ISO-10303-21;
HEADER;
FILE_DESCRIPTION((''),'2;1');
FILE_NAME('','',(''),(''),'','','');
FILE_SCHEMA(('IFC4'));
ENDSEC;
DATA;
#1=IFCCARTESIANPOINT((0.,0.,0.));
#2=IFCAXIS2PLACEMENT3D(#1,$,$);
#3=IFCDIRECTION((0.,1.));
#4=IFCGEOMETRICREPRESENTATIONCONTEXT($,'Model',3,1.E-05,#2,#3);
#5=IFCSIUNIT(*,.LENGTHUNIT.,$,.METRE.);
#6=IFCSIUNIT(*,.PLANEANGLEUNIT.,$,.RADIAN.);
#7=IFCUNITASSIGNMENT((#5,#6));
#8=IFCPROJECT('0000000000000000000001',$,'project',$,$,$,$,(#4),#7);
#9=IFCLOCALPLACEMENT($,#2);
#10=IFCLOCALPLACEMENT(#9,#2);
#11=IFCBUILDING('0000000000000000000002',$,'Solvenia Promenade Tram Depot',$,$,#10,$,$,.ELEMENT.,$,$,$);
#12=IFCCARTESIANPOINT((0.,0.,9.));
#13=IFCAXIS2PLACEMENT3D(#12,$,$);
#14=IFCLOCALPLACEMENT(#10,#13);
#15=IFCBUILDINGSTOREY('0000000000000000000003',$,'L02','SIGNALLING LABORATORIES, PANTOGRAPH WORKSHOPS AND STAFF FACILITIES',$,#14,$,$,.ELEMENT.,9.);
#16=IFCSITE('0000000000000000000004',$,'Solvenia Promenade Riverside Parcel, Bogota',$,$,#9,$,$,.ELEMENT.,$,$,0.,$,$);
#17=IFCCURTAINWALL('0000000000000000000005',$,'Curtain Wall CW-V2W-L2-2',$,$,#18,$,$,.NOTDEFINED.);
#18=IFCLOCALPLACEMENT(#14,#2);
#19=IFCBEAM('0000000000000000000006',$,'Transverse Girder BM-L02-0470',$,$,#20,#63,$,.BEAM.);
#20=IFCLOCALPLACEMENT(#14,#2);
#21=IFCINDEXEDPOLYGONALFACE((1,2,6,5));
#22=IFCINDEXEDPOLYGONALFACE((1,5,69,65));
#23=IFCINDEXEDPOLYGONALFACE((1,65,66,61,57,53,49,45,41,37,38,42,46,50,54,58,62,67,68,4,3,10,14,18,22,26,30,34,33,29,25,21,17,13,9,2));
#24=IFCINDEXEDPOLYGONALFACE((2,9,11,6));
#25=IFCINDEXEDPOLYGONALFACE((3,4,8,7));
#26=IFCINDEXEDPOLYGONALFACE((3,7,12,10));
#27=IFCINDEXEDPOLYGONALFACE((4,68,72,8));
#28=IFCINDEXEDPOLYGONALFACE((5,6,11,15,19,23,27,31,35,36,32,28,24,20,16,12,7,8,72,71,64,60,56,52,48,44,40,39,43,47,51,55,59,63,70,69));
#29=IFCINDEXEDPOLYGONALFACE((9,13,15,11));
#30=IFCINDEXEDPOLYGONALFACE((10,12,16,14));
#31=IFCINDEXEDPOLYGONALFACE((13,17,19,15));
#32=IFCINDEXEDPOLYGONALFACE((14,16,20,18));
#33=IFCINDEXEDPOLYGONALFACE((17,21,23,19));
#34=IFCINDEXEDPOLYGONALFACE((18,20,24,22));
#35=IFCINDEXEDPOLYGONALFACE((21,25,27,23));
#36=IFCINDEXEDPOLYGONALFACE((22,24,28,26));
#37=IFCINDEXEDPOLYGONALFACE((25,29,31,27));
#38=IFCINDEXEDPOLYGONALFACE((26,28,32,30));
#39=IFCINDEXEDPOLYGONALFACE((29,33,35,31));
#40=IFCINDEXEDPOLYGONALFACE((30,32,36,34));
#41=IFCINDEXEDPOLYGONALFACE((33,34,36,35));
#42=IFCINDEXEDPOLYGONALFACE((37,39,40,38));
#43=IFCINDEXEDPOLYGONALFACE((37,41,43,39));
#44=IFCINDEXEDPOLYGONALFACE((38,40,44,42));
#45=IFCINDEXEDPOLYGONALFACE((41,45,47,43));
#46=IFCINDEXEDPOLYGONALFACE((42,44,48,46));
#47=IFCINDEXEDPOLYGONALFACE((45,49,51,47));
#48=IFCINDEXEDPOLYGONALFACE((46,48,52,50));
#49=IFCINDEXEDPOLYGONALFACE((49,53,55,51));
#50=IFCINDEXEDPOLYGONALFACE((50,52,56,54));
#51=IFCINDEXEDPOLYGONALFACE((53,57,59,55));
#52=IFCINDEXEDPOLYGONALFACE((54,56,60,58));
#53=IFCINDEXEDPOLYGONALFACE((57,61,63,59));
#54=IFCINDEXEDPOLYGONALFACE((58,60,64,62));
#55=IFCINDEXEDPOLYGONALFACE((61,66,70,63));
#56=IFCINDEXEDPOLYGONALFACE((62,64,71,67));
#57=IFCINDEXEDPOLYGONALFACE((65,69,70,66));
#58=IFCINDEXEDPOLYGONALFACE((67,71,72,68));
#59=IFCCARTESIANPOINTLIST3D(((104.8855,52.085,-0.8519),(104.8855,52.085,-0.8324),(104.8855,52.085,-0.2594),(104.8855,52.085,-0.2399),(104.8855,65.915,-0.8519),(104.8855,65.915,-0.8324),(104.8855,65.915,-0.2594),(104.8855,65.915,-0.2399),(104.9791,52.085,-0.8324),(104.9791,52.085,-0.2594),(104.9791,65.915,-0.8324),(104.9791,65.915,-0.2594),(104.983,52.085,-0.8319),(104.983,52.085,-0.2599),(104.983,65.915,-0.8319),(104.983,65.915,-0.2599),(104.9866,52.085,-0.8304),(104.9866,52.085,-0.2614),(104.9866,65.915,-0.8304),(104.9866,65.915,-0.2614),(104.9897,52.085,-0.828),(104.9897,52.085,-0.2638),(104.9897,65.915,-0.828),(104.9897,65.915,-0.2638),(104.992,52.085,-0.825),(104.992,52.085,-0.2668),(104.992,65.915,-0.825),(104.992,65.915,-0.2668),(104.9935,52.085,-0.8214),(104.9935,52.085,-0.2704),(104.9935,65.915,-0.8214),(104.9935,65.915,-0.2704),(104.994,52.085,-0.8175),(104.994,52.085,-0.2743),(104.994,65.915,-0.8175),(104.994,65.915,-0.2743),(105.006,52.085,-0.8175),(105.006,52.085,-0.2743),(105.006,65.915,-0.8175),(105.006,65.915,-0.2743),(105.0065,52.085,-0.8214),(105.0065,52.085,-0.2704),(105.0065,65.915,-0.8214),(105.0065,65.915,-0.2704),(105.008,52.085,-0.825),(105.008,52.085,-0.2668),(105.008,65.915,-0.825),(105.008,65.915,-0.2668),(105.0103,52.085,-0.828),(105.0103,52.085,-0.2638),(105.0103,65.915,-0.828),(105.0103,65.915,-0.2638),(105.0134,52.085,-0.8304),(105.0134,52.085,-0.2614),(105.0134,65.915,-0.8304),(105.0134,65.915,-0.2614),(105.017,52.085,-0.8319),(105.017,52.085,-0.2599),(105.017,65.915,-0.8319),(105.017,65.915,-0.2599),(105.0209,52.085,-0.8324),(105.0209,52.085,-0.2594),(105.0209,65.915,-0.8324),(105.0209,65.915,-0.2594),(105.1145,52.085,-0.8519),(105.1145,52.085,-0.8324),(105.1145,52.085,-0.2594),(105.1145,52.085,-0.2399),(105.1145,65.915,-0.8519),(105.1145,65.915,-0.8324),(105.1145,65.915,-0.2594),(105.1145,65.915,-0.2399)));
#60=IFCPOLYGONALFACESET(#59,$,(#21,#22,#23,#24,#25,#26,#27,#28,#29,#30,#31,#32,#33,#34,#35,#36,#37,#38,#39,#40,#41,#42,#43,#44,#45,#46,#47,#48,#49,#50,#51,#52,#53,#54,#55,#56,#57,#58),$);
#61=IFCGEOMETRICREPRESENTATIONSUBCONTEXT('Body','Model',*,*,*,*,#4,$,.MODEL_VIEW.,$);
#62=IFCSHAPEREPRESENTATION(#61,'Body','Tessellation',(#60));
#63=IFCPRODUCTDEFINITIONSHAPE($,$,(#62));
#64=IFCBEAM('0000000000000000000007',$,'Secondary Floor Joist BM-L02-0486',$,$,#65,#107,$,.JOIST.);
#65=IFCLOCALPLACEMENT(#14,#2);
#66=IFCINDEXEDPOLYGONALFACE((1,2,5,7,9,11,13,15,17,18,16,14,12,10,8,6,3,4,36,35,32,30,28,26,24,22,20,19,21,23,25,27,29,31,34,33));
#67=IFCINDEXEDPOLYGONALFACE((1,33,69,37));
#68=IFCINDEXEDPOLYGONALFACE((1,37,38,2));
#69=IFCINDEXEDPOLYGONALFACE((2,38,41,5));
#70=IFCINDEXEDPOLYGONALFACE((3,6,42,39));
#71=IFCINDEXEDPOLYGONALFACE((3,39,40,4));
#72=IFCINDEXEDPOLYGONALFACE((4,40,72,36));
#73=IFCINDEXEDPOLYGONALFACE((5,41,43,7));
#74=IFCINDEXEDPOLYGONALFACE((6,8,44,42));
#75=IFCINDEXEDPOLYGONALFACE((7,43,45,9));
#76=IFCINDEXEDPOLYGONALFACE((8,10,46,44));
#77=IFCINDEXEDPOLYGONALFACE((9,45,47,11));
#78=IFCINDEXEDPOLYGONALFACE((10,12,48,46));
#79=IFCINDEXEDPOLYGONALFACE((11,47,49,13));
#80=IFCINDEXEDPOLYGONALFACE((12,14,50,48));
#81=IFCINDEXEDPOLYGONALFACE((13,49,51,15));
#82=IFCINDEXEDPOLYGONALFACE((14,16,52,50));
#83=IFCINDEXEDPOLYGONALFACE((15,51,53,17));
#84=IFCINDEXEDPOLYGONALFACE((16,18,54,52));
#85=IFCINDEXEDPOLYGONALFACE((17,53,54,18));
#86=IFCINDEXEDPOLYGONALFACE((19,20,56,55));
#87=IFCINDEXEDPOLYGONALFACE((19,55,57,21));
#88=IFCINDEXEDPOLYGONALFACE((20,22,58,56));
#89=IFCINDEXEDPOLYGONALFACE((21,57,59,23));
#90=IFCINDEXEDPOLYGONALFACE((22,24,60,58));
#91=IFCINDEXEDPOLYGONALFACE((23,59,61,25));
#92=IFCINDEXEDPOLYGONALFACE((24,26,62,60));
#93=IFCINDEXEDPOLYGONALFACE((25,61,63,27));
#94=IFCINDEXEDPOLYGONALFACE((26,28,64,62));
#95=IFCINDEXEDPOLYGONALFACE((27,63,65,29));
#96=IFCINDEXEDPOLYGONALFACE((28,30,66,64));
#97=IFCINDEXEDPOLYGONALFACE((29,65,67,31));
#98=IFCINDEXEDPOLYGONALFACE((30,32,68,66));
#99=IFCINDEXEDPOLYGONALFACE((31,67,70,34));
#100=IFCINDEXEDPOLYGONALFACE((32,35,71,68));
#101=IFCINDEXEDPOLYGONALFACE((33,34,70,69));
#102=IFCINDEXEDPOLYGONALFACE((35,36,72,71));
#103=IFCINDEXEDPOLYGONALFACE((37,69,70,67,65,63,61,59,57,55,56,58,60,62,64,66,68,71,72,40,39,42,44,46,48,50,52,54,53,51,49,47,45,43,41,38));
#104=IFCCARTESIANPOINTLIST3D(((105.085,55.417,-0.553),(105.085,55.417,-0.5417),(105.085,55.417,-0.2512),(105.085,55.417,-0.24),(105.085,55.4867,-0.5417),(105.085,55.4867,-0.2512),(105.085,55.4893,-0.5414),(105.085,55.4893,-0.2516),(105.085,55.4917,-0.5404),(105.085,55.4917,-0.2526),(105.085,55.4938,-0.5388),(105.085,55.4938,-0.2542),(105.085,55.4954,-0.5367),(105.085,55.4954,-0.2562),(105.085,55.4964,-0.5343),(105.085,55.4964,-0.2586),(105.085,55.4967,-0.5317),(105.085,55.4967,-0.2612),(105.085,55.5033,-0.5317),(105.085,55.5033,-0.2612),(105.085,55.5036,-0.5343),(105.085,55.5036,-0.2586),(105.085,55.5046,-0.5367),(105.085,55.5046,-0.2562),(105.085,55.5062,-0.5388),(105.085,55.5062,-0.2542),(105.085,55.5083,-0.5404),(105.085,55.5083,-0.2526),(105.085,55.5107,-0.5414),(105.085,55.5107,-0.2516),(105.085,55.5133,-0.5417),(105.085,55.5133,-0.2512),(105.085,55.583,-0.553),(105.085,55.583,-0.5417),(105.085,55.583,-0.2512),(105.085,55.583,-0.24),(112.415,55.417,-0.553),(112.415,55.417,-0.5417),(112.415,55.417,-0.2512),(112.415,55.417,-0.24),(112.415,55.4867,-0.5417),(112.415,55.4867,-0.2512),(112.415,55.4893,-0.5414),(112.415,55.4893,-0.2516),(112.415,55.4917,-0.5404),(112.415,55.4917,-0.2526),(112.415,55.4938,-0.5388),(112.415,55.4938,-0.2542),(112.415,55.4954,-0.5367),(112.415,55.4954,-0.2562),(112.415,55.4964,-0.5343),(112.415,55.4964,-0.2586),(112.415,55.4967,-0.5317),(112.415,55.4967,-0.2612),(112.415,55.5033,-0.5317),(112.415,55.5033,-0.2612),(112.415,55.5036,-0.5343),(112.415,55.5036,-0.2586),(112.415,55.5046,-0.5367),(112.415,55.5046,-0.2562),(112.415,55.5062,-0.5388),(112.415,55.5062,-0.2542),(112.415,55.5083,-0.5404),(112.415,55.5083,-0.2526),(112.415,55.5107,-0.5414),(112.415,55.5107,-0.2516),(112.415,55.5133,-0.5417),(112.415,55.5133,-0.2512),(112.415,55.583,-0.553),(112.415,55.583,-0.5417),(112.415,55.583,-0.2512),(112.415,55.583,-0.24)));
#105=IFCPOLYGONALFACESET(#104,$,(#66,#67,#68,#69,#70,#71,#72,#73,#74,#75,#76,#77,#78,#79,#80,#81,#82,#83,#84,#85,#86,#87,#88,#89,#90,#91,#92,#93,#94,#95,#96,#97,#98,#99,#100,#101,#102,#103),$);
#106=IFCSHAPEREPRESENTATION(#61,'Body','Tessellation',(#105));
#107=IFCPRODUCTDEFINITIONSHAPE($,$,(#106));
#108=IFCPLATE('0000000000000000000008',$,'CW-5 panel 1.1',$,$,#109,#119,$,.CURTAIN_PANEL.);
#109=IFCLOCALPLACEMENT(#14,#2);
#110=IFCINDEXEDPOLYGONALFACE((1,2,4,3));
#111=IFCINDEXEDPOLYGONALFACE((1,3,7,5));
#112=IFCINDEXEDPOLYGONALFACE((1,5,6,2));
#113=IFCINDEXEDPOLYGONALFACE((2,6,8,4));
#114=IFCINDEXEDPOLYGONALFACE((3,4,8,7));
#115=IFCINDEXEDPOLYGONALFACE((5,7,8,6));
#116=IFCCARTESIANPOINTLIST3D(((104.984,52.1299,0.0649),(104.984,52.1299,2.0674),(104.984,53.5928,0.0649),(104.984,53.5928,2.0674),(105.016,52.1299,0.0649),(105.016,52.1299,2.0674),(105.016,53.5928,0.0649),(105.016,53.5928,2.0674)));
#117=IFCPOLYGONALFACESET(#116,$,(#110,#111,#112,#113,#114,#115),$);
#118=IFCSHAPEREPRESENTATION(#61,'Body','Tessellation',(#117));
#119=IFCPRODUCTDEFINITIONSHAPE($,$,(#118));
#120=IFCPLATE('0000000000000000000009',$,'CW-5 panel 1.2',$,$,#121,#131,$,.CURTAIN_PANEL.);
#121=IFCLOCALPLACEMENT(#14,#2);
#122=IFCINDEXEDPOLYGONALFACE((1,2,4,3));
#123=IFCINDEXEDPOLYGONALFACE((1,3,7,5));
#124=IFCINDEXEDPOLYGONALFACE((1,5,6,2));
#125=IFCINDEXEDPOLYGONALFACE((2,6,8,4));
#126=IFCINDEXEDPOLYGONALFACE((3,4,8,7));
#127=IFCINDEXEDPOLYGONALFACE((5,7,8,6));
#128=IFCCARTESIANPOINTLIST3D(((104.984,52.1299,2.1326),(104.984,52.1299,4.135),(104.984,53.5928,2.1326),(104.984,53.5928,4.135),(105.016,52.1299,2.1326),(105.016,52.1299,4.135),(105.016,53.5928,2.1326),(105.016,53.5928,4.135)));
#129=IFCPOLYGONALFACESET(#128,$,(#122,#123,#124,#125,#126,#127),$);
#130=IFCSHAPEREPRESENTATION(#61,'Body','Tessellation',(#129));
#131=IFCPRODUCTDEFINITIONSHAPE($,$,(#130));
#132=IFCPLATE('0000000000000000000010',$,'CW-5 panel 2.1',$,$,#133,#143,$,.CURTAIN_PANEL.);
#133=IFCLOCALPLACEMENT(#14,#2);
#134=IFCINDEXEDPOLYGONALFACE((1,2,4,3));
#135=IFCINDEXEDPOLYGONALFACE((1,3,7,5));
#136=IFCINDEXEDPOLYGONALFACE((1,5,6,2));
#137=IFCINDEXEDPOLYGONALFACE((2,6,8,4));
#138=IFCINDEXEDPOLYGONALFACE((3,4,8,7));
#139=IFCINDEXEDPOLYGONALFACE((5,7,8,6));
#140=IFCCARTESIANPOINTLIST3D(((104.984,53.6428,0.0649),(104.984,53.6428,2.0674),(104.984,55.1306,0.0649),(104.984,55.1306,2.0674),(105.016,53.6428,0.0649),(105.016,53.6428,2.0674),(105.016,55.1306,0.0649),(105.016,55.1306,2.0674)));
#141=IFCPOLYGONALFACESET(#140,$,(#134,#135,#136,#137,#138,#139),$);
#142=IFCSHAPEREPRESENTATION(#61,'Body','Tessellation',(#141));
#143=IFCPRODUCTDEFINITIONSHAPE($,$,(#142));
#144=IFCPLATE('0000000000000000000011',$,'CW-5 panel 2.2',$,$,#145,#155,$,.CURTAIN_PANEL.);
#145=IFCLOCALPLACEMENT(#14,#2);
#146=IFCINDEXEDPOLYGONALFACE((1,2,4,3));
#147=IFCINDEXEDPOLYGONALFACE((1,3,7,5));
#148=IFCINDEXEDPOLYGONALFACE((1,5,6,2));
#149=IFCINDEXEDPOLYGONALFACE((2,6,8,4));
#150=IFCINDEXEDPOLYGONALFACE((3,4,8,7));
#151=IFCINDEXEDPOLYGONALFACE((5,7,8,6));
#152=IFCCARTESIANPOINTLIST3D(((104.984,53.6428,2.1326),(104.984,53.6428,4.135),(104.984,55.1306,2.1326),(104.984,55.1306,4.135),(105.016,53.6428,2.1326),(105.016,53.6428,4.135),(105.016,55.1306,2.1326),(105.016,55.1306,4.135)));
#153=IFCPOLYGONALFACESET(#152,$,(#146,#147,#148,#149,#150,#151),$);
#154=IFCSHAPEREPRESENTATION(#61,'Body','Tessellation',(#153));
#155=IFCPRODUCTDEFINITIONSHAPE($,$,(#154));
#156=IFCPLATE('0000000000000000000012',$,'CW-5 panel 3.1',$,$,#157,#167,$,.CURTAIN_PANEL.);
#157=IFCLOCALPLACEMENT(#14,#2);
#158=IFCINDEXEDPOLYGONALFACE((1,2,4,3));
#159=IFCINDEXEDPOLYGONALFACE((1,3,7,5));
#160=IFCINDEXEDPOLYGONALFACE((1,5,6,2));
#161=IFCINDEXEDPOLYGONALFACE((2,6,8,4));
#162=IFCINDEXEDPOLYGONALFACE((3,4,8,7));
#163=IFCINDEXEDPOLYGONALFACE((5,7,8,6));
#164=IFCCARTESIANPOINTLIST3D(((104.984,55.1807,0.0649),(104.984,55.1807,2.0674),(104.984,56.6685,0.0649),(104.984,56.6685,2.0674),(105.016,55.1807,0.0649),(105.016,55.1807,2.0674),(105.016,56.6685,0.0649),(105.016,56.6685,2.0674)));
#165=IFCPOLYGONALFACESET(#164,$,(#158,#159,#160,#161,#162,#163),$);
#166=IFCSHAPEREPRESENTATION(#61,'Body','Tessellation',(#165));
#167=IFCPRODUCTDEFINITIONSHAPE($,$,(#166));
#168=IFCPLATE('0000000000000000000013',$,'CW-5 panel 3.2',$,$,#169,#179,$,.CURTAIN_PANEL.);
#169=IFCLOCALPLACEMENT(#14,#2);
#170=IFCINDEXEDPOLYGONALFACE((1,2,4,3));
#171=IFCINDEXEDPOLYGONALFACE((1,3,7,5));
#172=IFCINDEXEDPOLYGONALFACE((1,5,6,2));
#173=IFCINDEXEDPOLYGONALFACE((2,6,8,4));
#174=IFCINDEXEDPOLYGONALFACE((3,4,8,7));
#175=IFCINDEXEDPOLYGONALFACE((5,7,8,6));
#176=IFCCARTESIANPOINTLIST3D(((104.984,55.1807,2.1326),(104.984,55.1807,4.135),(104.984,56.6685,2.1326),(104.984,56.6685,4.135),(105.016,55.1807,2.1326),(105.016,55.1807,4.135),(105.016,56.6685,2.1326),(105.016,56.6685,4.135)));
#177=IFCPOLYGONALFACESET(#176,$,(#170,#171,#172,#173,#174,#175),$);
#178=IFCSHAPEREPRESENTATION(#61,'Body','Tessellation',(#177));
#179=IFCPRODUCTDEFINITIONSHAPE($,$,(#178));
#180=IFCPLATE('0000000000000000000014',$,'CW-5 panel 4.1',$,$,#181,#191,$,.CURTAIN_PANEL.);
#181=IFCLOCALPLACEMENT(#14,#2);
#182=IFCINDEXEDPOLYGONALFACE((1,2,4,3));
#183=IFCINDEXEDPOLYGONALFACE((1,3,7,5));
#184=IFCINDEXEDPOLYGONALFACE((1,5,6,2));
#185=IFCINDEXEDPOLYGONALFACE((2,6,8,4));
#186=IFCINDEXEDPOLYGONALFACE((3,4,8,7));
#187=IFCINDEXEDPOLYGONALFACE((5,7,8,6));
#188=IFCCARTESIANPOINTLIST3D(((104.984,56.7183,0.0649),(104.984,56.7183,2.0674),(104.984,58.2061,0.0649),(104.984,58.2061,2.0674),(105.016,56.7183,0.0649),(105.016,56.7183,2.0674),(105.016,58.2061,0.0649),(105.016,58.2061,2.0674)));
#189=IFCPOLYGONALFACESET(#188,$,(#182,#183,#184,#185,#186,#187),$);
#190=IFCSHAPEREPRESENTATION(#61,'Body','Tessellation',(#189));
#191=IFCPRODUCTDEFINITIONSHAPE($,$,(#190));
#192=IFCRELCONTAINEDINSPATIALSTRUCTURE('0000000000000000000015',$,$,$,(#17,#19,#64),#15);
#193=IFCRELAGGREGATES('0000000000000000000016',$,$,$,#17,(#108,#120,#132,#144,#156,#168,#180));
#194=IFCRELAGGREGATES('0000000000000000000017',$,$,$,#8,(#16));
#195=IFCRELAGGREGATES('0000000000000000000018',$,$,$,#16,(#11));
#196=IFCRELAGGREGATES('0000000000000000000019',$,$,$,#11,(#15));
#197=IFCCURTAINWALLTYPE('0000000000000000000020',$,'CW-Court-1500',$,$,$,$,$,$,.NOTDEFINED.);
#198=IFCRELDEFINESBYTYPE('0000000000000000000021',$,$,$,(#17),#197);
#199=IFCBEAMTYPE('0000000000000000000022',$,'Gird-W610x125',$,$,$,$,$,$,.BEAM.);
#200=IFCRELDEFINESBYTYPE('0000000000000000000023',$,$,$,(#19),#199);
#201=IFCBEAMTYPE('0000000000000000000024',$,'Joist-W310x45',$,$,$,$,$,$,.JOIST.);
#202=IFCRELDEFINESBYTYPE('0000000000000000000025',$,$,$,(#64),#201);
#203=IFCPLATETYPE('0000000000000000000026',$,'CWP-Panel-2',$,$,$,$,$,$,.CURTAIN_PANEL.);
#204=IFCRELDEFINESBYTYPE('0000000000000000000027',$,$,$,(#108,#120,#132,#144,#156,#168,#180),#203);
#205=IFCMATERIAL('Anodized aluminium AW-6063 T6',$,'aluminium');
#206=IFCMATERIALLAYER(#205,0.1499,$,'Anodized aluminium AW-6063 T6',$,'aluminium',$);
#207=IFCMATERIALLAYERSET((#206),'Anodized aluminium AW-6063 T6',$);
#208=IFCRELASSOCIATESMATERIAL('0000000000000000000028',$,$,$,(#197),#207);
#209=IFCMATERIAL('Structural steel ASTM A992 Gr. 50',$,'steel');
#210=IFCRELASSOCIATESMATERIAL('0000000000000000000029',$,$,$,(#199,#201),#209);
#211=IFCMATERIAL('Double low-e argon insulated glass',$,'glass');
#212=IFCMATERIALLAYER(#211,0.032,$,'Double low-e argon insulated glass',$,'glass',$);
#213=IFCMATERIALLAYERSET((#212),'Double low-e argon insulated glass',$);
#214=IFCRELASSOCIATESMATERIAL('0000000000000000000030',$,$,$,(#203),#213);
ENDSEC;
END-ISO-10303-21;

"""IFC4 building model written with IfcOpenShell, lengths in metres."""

from ifc_helpers import new_model, si_unit, direction, frame, origin, origin_2d, place, context, subcontext, project, spatial, rectangle, i_section, extrude, material, layer, layer_set, material_profile, profile_set, type_object, element, aggregate, save


model = new_model("IFC4")

# Units and contexts
model_context = context("Model", 3, precision=1e-05, world=origin(), true_north=direction((0.0, 1.0)))
body_context = subcontext(model_context, "Body", "Model", "MODEL_VIEW")
ifc_project = project(units=[si_unit("LENGTHUNIT", "METRE"), si_unit("PLANEANGLEUNIT", "RADIAN")], contexts=[model_context])

# Site, building, storey
site_placement = place(None, origin())
site = spatial("IfcSite", under=ifc_project, at=site_placement, Name="Solvenia Promenade Riverside Parcel, Bogota", CompositionType="ELEMENT", RefElevation=0.0)
building_placement = place(site_placement, origin())
building = spatial("IfcBuilding", under=site, at=building_placement, Name="Solvenia Promenade Tram Depot", CompositionType="ELEMENT")
storey_placement = place(building_placement, frame((0.0, 0.0, 9.0)))
storey = spatial("IfcBuildingStorey", under=building, at=storey_placement, Name="L02", Description="SIGNALLING LABORATORIES, PANTOGRAPH WORKSHOPS AND STAFF FACILITIES", CompositionType="ELEMENT", Elevation=9.0)

# Shared definitions
ifc_material_1 = material(Name="Structural steel ASTM A992 Gr. 50", Category="steel")

# Curtain wall
ifc_material_2 = material(Name="Anodized aluminium AW-6063 T6", Category="aluminium")
ifc_layer_1 = layer(ifc_material_2, 0.1499, Name="Anodized aluminium AW-6063 T6", Category="aluminium")
ifc_layer_set_1 = layer_set([ifc_layer_1], Name="Anodized aluminium AW-6063 T6")
curtain_wall_type = type_object("IfcCurtainWallType", Name="CW-Court-1500", PredefinedType="NOTDEFINED", material=ifc_layer_set_1)
curtain_wall_placement = place(storey_placement, origin())
curtain_wall = element("IfcCurtainWall", 1, at=curtain_wall_placement, inside=storey, type_object=curtain_wall_type, Name="Curtain Wall CW-V2W-L2-2", PredefinedType="NOTDEFINED")

# Beams
ifc_material_profile_1 = material_profile(ifc_material_1, i_section(OverallWidth=0.229, OverallDepth=0.6121, WebThickness=0.012, FlangeThickness=0.0195, FilletRadius=0.0149, at=origin_2d()), Name="W610x125", Category="steel")
ifc_profile_set_1 = profile_set([ifc_material_profile_1], Name="Structural steel ASTM A992 Gr. 50")
beam_type_1 = type_object("IfcBeamType", Name="Gird-W610x125", PredefinedType="BEAM", material=ifc_profile_set_1)
beam_1_placement = place(storey_placement, frame((105.0, 52.085, -0.5459), z_axis=(0.0, 1.0, 0.0), x_axis=(-1.0, 0.0, 0.0)))
element("IfcBeam", 2, at=beam_1_placement, inside=storey, type_object=beam_type_1, Name="Transverse Girder BM-L02-0470", PredefinedType="BEAM", context=body_context, shape_type="SweptSolid", body=[
    extrude(i_section(OverallWidth=0.229, OverallDepth=0.6121, WebThickness=0.012, FlangeThickness=0.0195, FilletRadius=0.0149, at=origin_2d()), origin(), (0.0, 0.0, 1.0), 13.8301),
])
ifc_material_profile_2 = material_profile(ifc_material_1, i_section(OverallWidth=0.166, OverallDepth=0.313, WebThickness=0.0066, FlangeThickness=0.0112, FilletRadius=0.01, at=origin_2d()), Name="W310x45", Category="steel")
ifc_profile_set_2 = profile_set([ifc_material_profile_2], Name="Structural steel ASTM A992 Gr. 50")
beam_type_2 = type_object("IfcBeamType", Name="Joist-W310x45", PredefinedType="JOIST", material=ifc_profile_set_2)
beam_2_placement = place(storey_placement, frame((105.085, 55.5, -0.3965), z_axis=(1.0, 0.0, 0.0), x_axis=(0.0, 1.0, 0.0)))
element("IfcBeam", 3, at=beam_2_placement, inside=storey, type_object=beam_type_2, Name="Secondary Floor Joist BM-L02-0486", PredefinedType="JOIST", context=body_context, shape_type="SweptSolid", body=[
    extrude(i_section(OverallWidth=0.166, OverallDepth=0.313, WebThickness=0.0066, FlangeThickness=0.0112, FilletRadius=0.01, at=origin_2d()), origin(), (0.0, 0.0, 1.0), 7.3301),
])

# Plates
ifc_material_3 = material(Name="Double low-e argon insulated glass", Category="glass")
ifc_layer_2 = layer(ifc_material_3, 0.032, Name="Double low-e argon insulated glass", Category="glass")
ifc_layer_set_2 = layer_set([ifc_layer_2], Name="Double low-e argon insulated glass")
plate_type_1 = type_object("IfcPlateType", Name="CWP-Panel-2", PredefinedType="CURTAIN_PANEL", material=ifc_layer_set_2)
plate_1_placement = place(storey_placement, frame((105.0, 52.8613, 0.0649), z_axis=(0.0, 0.0, 1.0), x_axis=(0.0, 1.0, 0.0)))
plate_1 = element("IfcPlate", 4, at=plate_1_placement, type_object=plate_type_1, Name="CW-5 panel 1.1", PredefinedType="CURTAIN_PANEL", context=body_context, shape_type="SweptSolid", body=[
    extrude(rectangle(XDim=1.4629, YDim=0.032, at=origin_2d()), origin(), (0.0, 0.0, 1.0), 2.0024),
])
plate_2_placement = place(storey_placement, frame((105.0, 52.8613, 2.1326), z_axis=(0.0, 0.0, 1.0), x_axis=(0.0, 1.0, 0.0)))
plate_2 = element("IfcPlate", 5, at=plate_2_placement, type_object=plate_type_1, Name="CW-5 panel 1.2", PredefinedType="CURTAIN_PANEL", context=body_context, shape_type="SweptSolid", body=[
    extrude(rectangle(XDim=1.4629, YDim=0.032, at=origin_2d()), origin(), (0.0, 0.0, 1.0), 2.0024),
])
plate_3_placement = place(storey_placement, frame((105.0, 54.3867, 0.0649), z_axis=(0.0, 0.0, 1.0), x_axis=(0.0, 1.0, 0.0)))
plate_3 = element("IfcPlate", 6, at=plate_3_placement, type_object=plate_type_1, Name="CW-5 panel 2.1", PredefinedType="CURTAIN_PANEL", context=body_context, shape_type="SweptSolid", body=[
    extrude(rectangle(XDim=1.4878, YDim=0.032, at=origin_2d()), origin(), (0.0, 0.0, 1.0), 2.0024),
])
plate_4_placement = place(storey_placement, frame((105.0, 54.3867, 2.1326), z_axis=(0.0, 0.0, 1.0), x_axis=(0.0, 1.0, 0.0)))
plate_4 = element("IfcPlate", 7, at=plate_4_placement, type_object=plate_type_1, Name="CW-5 panel 2.2", PredefinedType="CURTAIN_PANEL", context=body_context, shape_type="SweptSolid", body=[
    extrude(rectangle(XDim=1.4878, YDim=0.032, at=origin_2d()), origin(), (0.0, 0.0, 1.0), 2.0024),
])
plate_5_placement = place(storey_placement, frame((105.0, 55.9246, 0.0649), z_axis=(0.0, 0.0, 1.0), x_axis=(0.0, 1.0, 0.0)))
plate_5 = element("IfcPlate", 8, at=plate_5_placement, type_object=plate_type_1, Name="CW-5 panel 3.1", PredefinedType="CURTAIN_PANEL", context=body_context, shape_type="SweptSolid", body=[
    extrude(rectangle(XDim=1.4878, YDim=0.032, at=origin_2d()), origin(), (0.0, 0.0, 1.0), 2.0024),
])
plate_6_placement = place(storey_placement, frame((105.0, 55.9246, 2.1326), z_axis=(0.0, 0.0, 1.0), x_axis=(0.0, 1.0, 0.0)))
plate_6 = element("IfcPlate", 9, at=plate_6_placement, type_object=plate_type_1, Name="CW-5 panel 3.2", PredefinedType="CURTAIN_PANEL", context=body_context, shape_type="SweptSolid", body=[
    extrude(rectangle(XDim=1.4878, YDim=0.032, at=origin_2d()), origin(), (0.0, 0.0, 1.0), 2.0024),
])
plate_7_placement = place(storey_placement, frame((105.0, 57.4622, 0.0649), z_axis=(0.0, 0.0, 1.0), x_axis=(0.0, 1.0, 0.0)))
plate_7 = element("IfcPlate", 10, at=plate_7_placement, type_object=plate_type_1, Name="CW-5 panel 4.1", PredefinedType="CURTAIN_PANEL", context=body_context, shape_type="SweptSolid", body=[
    extrude(rectangle(XDim=1.4878, YDim=0.032, at=origin_2d()), origin(), (0.0, 0.0, 1.0), 2.0024),
])
aggregate(curtain_wall, [plate_1, plate_2, plate_3, plate_4, plate_5, plate_6, plate_7])

save(model, "model.ifc")
